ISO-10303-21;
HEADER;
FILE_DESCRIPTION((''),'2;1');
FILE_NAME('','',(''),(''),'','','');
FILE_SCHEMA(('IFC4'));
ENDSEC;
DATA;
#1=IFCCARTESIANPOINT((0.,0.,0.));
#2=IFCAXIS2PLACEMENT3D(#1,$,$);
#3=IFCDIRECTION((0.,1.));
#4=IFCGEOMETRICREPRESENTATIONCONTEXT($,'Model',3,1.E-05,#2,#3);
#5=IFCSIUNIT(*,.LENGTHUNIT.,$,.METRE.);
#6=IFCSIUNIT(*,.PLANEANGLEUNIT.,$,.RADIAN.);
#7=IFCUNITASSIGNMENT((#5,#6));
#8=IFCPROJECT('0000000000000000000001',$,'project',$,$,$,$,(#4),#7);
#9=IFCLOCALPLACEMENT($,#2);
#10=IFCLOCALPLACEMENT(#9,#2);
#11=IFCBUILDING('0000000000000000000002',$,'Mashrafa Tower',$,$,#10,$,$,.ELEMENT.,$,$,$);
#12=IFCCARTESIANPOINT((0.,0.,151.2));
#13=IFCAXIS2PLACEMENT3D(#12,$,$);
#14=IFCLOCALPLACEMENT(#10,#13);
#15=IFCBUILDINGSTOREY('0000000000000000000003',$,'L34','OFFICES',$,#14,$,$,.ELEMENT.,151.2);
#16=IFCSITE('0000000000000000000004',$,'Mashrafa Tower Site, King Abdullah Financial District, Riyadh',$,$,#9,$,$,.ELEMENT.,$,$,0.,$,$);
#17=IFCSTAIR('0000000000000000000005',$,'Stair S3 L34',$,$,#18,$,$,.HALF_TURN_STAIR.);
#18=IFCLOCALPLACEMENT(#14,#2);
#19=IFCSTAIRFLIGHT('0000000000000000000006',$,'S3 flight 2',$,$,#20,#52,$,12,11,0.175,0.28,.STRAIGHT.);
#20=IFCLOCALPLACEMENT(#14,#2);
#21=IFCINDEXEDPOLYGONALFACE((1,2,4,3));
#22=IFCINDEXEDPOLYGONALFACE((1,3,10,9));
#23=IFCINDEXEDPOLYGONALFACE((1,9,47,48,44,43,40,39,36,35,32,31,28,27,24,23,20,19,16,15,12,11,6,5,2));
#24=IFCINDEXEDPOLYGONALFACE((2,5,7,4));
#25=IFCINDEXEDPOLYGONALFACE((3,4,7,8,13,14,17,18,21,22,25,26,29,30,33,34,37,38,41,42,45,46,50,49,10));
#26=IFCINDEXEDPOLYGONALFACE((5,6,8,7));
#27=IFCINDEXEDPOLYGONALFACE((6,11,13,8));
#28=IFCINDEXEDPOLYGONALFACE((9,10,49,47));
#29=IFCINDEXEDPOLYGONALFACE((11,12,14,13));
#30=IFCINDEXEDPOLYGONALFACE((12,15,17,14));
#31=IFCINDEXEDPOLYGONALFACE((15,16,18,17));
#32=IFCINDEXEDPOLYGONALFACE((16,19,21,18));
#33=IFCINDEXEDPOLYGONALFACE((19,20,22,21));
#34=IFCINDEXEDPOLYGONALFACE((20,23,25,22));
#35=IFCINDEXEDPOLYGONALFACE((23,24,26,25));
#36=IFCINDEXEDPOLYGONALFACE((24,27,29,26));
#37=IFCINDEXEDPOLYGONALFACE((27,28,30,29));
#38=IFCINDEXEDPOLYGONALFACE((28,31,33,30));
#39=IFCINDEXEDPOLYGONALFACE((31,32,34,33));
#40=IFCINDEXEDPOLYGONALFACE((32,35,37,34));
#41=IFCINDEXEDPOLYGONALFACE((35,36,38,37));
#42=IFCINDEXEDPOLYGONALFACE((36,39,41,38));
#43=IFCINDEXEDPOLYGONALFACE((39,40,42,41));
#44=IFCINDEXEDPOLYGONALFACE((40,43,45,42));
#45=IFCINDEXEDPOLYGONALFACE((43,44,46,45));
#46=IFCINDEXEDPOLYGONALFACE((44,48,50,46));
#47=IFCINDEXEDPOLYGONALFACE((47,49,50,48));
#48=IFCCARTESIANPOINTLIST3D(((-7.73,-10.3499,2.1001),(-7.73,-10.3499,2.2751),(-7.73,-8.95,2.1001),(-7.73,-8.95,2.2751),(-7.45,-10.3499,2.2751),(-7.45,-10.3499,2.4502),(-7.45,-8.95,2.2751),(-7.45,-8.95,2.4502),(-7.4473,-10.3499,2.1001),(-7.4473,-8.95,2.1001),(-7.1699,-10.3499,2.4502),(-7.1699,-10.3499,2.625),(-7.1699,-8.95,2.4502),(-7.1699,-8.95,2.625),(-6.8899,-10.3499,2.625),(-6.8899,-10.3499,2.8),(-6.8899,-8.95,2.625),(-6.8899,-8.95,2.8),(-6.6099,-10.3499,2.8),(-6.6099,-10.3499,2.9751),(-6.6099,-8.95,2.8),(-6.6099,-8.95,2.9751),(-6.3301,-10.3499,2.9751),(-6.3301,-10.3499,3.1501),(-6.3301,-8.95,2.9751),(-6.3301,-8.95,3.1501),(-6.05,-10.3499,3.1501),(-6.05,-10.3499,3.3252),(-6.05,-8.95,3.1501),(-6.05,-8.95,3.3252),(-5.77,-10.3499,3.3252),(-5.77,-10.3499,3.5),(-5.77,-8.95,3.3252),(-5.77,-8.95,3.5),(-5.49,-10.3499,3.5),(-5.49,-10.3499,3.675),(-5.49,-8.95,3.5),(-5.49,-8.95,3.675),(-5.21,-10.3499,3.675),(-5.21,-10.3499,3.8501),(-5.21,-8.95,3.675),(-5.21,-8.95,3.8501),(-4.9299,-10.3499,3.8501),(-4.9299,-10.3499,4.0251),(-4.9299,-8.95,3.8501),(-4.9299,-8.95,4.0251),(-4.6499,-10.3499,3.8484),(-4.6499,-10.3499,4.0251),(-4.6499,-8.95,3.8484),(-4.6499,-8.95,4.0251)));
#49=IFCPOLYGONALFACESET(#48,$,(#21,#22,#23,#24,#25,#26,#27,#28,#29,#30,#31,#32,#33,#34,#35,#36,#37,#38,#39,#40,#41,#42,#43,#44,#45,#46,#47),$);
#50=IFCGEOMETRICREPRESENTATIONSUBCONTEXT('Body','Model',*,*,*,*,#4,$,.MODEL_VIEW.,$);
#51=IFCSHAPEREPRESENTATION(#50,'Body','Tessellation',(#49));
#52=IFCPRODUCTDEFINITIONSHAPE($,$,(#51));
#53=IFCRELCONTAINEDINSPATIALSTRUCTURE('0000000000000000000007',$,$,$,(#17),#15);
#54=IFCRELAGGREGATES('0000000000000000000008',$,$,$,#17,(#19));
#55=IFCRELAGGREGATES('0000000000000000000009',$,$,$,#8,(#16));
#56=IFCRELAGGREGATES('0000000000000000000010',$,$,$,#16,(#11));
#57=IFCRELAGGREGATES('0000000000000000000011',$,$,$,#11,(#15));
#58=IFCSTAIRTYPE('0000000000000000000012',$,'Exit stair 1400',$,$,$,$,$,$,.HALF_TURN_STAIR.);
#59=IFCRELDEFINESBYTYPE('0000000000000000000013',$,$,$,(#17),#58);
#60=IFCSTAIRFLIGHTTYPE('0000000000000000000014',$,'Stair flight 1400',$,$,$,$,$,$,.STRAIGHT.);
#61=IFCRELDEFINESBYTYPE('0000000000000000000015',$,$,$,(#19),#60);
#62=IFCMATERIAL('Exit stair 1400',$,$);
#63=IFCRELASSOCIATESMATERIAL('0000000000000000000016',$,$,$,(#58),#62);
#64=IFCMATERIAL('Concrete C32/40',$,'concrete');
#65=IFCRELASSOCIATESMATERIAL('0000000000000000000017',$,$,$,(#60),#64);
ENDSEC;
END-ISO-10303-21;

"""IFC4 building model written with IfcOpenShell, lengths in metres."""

from ifc_helpers import new_model, si_unit, direction, frame, origin, place, context, subcontext, project, spatial, polyline, outline, extrude, material, type_object, element, aggregate, save


model = new_model("IFC4")

# Units and contexts
model_context = context("Model", 3, precision=1e-05, world=origin(), true_north=direction((0.0, 1.0)))
body_context = subcontext(model_context, "Body", "Model", "MODEL_VIEW")
ifc_project = project(units=[si_unit("LENGTHUNIT", "METRE"), si_unit("PLANEANGLEUNIT", "RADIAN")], contexts=[model_context])

# Site, building, storey
site_placement = place(None, origin())
site = spatial("IfcSite", under=ifc_project, at=site_placement, Name="Mashrafa Tower Site, King Abdullah Financial District, Riyadh", CompositionType="ELEMENT", RefElevation=0.0)
building_placement = place(site_placement, origin())
building = spatial("IfcBuilding", under=site, at=building_placement, Name="Mashrafa Tower", CompositionType="ELEMENT")
storey_placement = place(building_placement, frame((0.0, 0.0, 151.2)))
storey = spatial("IfcBuildingStorey", under=building, at=storey_placement, Name="L34", Description="OFFICES", CompositionType="ELEMENT", Elevation=151.2)

# Stair, stair flight
ifc_material_1 = material(Name="Exit stair 1400")
stair_type = type_object("IfcStairType", Name="Exit stair 1400", PredefinedType="HALF_TURN_STAIR", material=ifc_material_1)
stair_placement = place(storey_placement, origin())
stair = element("IfcStair", 1, at=stair_placement, inside=storey, type_object=stair_type, Name="Stair S3 L34", PredefinedType="HALF_TURN_STAIR")
ifc_material_2 = material(Name="Concrete C32/40", Category="concrete")
stair_flight_type = type_object("IfcStairFlightType", Name="Stair flight 1400", PredefinedType="STRAIGHT", material=ifc_material_2)
stair_flight_placement = place(storey_placement, frame((-7.73, -9.6499, 2.1001), z_axis=(0.0, 0.0, 1.0), x_axis=(1.0, 0.0, 0.0)))
stair_flight = element("IfcStairFlight", 2, at=stair_flight_placement, type_object=stair_flight_type, Name="S3 flight 2", NumberOfRisers=12, NumberOfTreads=11, PredefinedType="STRAIGHT", RiserHeight=0.175, TreadLength=0.28, context=body_context, shape_type="SweptSolid", body=[
    extrude(outline(polyline([(0.0, 0.0), (0.0, 0.175), (0.28, 0.175), (0.28, 0.3501), (0.5601, 0.3501), (0.5601, 0.5249), (0.8401, 0.5249), (0.8401, 0.7), (1.1201, 0.7), (1.1201, 0.875), (1.3999, 0.875), (1.3999, 1.05), (1.6799, 1.05), (1.6799, 1.2251), (1.96, 1.2251), (1.96, 1.3999), (2.24, 1.3999), (2.24, 1.575), (2.52, 1.575), (2.52, 1.75), (2.8, 1.75), (2.8, 1.925), (3.0801, 1.925), (3.0801, 2.1001), (3.0801, 1.7483), (0.2827, 0.0), (0.0, 0.0)])), frame((0.0, 0.7, 0.0), z_axis=(0.0, -1.0, 0.0), x_axis=(1.0, 0.0, 0.0)), (0.0, 0.0, 1.0), 1.3999),
])
aggregate(stair, [stair_flight])

save(model, "model.ifc")
